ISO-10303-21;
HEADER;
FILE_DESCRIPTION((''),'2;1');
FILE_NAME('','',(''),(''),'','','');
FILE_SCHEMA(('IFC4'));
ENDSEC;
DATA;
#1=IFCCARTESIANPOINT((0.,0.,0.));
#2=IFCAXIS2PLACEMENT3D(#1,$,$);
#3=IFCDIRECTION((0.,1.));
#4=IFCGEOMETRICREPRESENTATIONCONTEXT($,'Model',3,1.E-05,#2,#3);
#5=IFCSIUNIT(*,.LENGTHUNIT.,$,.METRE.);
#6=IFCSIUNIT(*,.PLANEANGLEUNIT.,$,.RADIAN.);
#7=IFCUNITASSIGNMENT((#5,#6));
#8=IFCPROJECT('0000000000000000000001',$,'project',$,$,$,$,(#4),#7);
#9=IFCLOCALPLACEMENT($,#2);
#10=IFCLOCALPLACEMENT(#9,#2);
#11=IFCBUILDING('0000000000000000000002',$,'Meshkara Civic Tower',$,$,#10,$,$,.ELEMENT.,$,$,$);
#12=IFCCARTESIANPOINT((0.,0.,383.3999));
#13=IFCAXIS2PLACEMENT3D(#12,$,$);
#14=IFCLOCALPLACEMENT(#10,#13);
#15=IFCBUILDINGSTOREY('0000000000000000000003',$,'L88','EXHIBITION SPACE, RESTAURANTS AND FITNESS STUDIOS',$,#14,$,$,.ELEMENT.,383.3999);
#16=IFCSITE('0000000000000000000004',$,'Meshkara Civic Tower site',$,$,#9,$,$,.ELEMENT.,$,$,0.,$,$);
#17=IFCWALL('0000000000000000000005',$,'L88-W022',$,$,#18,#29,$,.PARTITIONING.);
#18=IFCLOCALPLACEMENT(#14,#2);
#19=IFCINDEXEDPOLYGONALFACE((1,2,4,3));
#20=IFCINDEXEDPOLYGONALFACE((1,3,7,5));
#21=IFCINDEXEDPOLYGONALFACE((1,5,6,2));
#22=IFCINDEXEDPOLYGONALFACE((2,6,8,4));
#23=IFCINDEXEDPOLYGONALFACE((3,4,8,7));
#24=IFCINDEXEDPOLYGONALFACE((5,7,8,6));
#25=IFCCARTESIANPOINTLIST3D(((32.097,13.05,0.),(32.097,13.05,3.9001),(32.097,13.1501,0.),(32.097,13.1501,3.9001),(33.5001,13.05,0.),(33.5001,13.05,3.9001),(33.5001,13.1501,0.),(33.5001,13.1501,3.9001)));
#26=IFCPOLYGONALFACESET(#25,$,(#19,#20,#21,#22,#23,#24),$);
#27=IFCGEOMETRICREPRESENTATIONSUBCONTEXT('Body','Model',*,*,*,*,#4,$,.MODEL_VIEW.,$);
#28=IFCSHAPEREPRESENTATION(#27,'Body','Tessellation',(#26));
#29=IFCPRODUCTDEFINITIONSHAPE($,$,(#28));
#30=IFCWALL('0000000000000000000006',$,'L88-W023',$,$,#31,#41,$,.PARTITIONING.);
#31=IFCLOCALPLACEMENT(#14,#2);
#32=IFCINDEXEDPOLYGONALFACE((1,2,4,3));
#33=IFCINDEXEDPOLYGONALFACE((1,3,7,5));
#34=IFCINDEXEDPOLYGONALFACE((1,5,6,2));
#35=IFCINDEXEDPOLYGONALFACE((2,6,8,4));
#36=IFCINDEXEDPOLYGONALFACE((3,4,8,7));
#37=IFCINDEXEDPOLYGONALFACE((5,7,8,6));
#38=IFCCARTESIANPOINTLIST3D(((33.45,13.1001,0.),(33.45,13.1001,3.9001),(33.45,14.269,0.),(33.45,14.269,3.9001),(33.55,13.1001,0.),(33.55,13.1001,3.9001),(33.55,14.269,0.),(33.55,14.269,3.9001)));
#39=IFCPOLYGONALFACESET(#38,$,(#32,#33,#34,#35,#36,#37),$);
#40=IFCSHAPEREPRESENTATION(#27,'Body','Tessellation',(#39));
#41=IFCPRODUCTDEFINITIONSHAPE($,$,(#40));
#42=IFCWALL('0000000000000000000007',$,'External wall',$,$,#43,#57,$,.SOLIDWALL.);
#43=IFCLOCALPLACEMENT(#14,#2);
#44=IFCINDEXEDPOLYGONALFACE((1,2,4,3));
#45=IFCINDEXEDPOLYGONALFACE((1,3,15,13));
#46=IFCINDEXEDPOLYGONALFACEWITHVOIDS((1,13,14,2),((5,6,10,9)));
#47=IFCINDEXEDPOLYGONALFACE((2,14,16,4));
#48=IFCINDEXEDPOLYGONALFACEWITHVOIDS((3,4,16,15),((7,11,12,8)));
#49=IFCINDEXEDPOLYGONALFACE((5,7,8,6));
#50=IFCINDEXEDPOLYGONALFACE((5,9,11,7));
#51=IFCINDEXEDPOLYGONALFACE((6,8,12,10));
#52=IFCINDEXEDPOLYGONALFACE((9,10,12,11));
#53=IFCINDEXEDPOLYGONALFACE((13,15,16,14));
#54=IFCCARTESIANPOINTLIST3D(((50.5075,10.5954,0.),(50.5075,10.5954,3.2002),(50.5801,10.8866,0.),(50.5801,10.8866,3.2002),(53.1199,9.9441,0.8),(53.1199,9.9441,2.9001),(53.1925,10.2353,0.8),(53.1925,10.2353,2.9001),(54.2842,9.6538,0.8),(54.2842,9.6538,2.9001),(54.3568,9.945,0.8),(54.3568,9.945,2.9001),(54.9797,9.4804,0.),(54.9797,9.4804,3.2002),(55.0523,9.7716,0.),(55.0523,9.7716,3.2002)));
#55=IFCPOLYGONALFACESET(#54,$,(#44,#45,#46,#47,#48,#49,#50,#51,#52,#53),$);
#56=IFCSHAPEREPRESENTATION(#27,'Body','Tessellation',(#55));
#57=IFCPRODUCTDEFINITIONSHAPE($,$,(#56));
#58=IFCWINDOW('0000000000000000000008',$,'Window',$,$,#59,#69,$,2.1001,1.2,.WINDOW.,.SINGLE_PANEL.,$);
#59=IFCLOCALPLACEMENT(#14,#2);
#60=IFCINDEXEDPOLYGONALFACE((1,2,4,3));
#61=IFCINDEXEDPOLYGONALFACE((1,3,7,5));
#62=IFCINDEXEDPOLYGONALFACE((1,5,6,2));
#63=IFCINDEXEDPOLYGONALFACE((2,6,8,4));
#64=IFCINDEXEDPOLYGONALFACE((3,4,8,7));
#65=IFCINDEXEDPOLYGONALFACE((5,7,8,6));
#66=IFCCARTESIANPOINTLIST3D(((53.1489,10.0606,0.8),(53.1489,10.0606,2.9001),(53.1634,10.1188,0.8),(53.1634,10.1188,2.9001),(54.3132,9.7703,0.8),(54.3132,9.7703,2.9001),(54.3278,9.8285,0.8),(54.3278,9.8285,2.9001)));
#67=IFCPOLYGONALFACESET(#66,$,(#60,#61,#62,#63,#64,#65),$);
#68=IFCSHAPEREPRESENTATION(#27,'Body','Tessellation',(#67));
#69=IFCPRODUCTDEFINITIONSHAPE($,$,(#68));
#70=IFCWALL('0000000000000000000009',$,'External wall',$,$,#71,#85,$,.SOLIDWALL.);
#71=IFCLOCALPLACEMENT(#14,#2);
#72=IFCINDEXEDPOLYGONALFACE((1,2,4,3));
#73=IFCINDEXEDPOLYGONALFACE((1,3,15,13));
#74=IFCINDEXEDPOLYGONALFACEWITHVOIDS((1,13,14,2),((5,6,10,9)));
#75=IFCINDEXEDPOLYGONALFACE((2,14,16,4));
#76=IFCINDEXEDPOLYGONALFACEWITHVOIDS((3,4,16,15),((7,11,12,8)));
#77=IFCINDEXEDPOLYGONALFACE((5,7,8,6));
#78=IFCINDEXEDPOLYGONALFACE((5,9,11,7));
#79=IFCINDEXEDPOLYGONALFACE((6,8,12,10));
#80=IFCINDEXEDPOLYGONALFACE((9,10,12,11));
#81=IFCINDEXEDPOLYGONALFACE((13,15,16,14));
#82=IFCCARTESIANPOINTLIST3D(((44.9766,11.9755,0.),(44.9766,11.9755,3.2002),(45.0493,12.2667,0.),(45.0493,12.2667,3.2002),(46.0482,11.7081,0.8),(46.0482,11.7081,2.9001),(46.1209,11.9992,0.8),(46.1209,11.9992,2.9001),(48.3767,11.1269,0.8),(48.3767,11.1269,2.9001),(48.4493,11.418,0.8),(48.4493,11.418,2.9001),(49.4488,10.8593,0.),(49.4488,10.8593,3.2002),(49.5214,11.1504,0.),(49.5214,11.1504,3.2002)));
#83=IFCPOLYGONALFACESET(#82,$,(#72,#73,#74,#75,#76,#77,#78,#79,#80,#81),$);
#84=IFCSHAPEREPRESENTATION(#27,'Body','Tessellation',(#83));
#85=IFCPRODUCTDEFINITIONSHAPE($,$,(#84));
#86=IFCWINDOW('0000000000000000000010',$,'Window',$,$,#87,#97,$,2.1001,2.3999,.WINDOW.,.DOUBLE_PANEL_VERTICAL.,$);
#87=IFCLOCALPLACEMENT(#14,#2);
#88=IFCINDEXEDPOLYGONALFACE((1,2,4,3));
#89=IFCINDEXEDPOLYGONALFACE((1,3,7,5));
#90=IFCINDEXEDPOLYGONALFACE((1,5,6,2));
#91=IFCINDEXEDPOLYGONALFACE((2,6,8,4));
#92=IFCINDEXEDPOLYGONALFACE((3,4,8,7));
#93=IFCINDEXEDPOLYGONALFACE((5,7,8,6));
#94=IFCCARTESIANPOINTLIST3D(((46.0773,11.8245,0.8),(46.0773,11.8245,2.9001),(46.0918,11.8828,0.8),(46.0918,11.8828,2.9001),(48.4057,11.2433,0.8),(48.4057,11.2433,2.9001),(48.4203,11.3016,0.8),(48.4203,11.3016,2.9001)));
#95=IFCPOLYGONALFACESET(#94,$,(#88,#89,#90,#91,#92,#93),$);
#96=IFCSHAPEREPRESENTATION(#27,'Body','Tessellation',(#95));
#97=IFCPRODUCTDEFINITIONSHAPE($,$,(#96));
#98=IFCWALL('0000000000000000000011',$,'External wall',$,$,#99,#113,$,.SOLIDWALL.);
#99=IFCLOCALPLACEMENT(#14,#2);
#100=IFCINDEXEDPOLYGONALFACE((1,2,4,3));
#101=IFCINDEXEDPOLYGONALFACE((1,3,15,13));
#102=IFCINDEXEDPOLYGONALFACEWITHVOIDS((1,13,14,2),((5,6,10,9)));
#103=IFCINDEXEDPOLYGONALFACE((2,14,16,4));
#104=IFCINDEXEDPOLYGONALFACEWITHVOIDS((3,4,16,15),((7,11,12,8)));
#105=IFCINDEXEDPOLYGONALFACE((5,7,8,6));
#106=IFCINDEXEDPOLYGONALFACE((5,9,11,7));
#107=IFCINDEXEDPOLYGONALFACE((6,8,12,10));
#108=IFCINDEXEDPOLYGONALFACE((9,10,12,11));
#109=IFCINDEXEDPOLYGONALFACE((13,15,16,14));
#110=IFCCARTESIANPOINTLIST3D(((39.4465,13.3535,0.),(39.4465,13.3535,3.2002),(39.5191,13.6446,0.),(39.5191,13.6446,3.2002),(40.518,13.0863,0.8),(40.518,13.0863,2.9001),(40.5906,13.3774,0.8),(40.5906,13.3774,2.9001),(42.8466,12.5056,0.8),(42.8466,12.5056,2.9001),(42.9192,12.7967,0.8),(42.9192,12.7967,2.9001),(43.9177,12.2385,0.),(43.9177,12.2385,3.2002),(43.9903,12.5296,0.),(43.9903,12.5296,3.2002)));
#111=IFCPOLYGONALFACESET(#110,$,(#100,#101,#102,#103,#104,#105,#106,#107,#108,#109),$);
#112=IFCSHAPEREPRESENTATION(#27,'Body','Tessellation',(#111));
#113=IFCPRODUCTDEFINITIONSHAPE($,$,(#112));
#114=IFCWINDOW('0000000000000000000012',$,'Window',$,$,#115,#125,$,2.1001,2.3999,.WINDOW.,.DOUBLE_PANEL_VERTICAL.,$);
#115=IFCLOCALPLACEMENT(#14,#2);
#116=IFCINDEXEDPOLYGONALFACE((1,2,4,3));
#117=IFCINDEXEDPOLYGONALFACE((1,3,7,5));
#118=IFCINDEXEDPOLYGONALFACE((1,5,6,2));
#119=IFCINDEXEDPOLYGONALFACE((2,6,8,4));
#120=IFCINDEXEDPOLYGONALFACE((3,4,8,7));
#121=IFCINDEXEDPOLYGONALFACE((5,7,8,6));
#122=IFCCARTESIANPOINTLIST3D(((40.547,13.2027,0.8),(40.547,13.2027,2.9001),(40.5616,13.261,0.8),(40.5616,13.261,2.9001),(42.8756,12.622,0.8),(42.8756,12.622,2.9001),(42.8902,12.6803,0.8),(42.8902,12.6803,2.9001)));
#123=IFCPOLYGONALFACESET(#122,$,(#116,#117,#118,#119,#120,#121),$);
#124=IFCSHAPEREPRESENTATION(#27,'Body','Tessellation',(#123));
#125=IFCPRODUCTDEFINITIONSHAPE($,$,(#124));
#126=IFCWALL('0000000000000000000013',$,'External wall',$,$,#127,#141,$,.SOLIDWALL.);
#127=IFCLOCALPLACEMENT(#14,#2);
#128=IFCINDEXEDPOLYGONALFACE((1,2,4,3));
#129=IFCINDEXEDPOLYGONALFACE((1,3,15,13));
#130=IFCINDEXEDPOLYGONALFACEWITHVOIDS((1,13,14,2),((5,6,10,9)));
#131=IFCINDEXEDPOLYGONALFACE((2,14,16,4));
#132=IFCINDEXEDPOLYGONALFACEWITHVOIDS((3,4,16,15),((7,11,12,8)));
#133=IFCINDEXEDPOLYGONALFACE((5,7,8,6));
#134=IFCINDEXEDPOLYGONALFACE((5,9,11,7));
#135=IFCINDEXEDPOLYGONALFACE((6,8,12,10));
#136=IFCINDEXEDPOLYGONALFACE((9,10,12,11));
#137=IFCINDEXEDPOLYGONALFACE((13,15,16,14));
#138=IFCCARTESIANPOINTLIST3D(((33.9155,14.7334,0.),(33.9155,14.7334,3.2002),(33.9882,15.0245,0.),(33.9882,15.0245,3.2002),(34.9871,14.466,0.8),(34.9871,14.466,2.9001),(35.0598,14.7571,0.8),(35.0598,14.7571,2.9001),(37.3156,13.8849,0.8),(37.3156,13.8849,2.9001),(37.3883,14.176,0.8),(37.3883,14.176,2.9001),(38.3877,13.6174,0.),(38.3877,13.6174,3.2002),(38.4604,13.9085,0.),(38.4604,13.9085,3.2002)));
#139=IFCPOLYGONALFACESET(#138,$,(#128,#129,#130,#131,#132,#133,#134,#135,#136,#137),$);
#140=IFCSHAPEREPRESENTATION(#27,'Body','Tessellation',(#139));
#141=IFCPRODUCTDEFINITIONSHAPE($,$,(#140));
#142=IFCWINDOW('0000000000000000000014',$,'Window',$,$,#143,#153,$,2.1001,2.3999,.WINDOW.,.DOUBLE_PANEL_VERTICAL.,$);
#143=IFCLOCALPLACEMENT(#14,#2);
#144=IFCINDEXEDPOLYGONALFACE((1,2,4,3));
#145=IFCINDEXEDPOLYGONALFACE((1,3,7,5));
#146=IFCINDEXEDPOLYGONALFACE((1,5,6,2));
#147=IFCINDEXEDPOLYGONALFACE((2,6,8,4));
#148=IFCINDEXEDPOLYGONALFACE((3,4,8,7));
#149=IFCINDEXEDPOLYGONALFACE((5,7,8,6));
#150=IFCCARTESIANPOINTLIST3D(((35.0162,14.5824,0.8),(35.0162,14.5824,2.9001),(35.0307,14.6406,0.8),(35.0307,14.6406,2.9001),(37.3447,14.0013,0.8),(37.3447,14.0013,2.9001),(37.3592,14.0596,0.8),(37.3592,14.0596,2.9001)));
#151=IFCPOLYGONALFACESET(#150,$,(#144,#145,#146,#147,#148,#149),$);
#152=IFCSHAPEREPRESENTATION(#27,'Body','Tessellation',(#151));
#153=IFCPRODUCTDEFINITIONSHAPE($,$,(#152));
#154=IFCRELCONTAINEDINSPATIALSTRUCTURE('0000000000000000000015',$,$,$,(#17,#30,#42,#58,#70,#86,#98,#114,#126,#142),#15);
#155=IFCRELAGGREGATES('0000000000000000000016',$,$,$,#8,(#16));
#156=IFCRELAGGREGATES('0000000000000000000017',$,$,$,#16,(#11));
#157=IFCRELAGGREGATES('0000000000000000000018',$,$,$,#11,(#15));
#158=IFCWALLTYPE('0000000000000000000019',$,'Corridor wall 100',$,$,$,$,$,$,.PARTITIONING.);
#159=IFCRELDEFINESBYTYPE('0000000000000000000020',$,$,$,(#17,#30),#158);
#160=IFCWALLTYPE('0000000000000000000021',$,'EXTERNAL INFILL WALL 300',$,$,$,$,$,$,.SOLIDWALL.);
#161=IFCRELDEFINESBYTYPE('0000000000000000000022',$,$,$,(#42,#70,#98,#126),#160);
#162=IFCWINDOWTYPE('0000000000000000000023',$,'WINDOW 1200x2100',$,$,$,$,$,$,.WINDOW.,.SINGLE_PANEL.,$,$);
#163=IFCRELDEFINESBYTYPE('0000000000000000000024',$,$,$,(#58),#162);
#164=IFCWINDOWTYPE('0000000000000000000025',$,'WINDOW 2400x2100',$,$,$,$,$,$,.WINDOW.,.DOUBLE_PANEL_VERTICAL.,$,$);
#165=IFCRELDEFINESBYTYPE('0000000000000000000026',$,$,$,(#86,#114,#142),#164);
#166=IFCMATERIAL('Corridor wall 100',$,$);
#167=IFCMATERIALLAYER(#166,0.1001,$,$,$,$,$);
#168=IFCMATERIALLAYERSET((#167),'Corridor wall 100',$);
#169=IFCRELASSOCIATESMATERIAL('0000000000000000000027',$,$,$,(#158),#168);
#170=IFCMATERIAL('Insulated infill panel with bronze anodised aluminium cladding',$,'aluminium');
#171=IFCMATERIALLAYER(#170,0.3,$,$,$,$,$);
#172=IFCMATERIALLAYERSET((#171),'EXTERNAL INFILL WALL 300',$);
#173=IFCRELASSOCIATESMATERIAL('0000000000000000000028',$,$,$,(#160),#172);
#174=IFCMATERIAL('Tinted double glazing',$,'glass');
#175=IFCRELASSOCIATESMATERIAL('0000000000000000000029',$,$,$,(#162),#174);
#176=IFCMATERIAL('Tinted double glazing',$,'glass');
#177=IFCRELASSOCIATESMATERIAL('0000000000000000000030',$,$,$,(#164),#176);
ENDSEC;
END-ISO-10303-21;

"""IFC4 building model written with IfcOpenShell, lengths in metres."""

from ifc_helpers import new_model, si_unit, direction, frame, frame_2d, origin, place, context, subcontext, project, spatial, rectangle, extrude, material, layer, layer_set, type_object, element, fill, save


model = new_model("IFC4")

# Units and contexts
model_context = context("Model", 3, precision=1e-05, world=origin(), true_north=direction((0.0, 1.0)))
body_context = subcontext(model_context, "Body", "Model", "MODEL_VIEW")
ifc_project = project(units=[si_unit("LENGTHUNIT", "METRE"), si_unit("PLANEANGLEUNIT", "RADIAN")], contexts=[model_context])

# Site, building, storey
site_placement = place(None, origin())
site = spatial("IfcSite", under=ifc_project, at=site_placement, Name="Meshkara Civic Tower site", CompositionType="ELEMENT", RefElevation=0.0)
building_placement = place(site_placement, origin())
building = spatial("IfcBuilding", under=site, at=building_placement, Name="Meshkara Civic Tower", CompositionType="ELEMENT")
storey_placement = place(building_placement, frame((0.0, 0.0, 383.3999)))
storey = spatial("IfcBuildingStorey", under=building, at=storey_placement, Name="L88", Description="EXHIBITION SPACE, RESTAURANTS AND FITNESS STUDIOS", CompositionType="ELEMENT", Elevation=383.3999)

# Shared definitions
ifc_material_1 = material(Name="Corridor wall 100")
ifc_layer_1 = layer(ifc_material_1, 0.1001)
ifc_layer_set_1 = layer_set([ifc_layer_1], Name="Corridor wall 100")
wall_type_1 = type_object("IfcWallType", Name="Corridor wall 100", PredefinedType="PARTITIONING", material=ifc_layer_set_1)

# Walls
wall_1_placement = place(storey_placement, frame((32.0969, 13.1001, 0.0), z_axis=(0.0, 0.0, 1.0), x_axis=(1.0, 0.0, 0.0)))
element("IfcWall", 1, at=wall_1_placement, inside=storey, type_object=wall_type_1, Name="L88-W022", PredefinedType="PARTITIONING", context=body_context, shape_type="SweptSolid", body=[
    extrude(rectangle(XDim=1.4031, YDim=0.1001, at=frame_2d((0.7017, 0.0))), origin(), (0.0, 0.0, 1.0), 3.9001),
])
wall_2_placement = place(storey_placement, frame((33.5, 13.1001, 0.0), z_axis=(0.0, 0.0, 1.0), x_axis=(0.0, 1.0, 0.0)))
element("IfcWall", 2, at=wall_2_placement, inside=storey, type_object=wall_type_1, Name="L88-W023", PredefinedType="PARTITIONING", context=body_context, shape_type="SweptSolid", body=[
    extrude(rectangle(XDim=1.1689, YDim=0.1001, at=frame_2d((0.5845, 0.0))), origin(), (0.0, 0.0, 1.0), 3.9001),
])

# Walls, openings, windows
ifc_material_2 = material(Name="Insulated infill panel with bronze anodised aluminium cladding", Category="aluminium")
ifc_layer_2 = layer(ifc_material_2, 0.3)
ifc_layer_set_2 = layer_set([ifc_layer_2], Name="EXTERNAL INFILL WALL 300")
wall_type_2 = type_object("IfcWallType", Name="EXTERNAL INFILL WALL 300", PredefinedType="SOLIDWALL", material=ifc_layer_set_2)
wall_3_placement = place(storey_placement, frame((55.0161, 9.626, 0.0), z_axis=(0.0, 0.0, 1.0), x_axis=(-0.970298, 0.241912, 0.0)))
wall_3 = element("IfcWall", 3, at=wall_3_placement, inside=storey, type_object=wall_type_2, Name="External wall", PredefinedType="SOLIDWALL", context=body_context, shape_type="SweptSolid", body=[
    extrude(rectangle(XDim=4.6091, YDim=0.3, at=frame_2d((2.3047, 0.0))), origin(), (0.0, 0.0, 1.0), 3.2002),
])
opening_1_placement = place(wall_3_placement, frame((0.7168, 0.0, 0.8)))
opening_1 = element("IfcOpeningElement", 4, at=opening_1_placement, cuts=wall_3, PredefinedType="OPENING", context=body_context, shape_type="SweptSolid", body=[
    extrude(rectangle(XDim=1.2, YDim=2.1001, at=frame_2d((0.6001, 1.05))), frame((0.0, 0.1599, 0.0), z_axis=(0.0, -1.0, 0.0), x_axis=(1.0, 0.0, 0.0)), (0.0, 0.0, 1.0), 0.3201),
])
ifc_material_3 = material(Name="Tinted double glazing", Category="glass")
window_type_1 = type_object("IfcWindowType", Name="WINDOW 1200x2100", PartitioningType="SINGLE_PANEL", PredefinedType="WINDOW", material=ifc_material_3)
window_1_placement = place(opening_1_placement, origin())
window_1 = element("IfcWindow", 5, at=window_1_placement, inside=storey, type_object=window_type_1, Name="Window", OverallHeight=2.1001, OverallWidth=1.2, PartitioningType="SINGLE_PANEL", PredefinedType="WINDOW", context=body_context, shape_type="SweptSolid", body=[
    extrude(rectangle(XDim=1.2, YDim=2.1001, at=frame_2d((0.6001, 1.05))), frame((0.0, 0.03, 0.0), z_axis=(0.0, -1.0, 0.0), x_axis=(1.0, 0.0, 0.0)), (0.0, 0.0, 1.0), 0.0601),
])
fill(opening_1, window_1)
wall_4_placement = place(storey_placement, frame((49.4851, 11.0049, 0.0), z_axis=(0.0, 0.0, 1.0), x_axis=(-0.970236, 0.242162, 0.0)))
wall_4 = element("IfcWall", 6, at=wall_4_placement, inside=storey, type_object=wall_type_2, Name="External wall", PredefinedType="SOLIDWALL", context=body_context, shape_type="SweptSolid", body=[
    extrude(rectangle(XDim=4.6094, YDim=0.3, at=frame_2d((2.3047, 0.0))), origin(), (0.0, 0.0, 1.0), 3.2002),
])
opening_2_placement = place(wall_4_placement, frame((1.105, 0.0, 0.8)))
opening_2 = element("IfcOpeningElement", 7, at=opening_2_placement, cuts=wall_4, PredefinedType="OPENING", context=body_context, shape_type="SweptSolid", body=[
    extrude(rectangle(XDim=2.3999, YDim=2.1001, at=frame_2d((1.2, 1.05))), frame((0.0, 0.1599, 0.0), z_axis=(0.0, -1.0, 0.0), x_axis=(1.0, 0.0, 0.0)), (0.0, 0.0, 1.0), 0.3201),
])
ifc_material_4 = material(Name="Tinted double glazing", Category="glass")
window_type_2 = type_object("IfcWindowType", Name="WINDOW 2400x2100", PartitioningType="DOUBLE_PANEL_VERTICAL", PredefinedType="WINDOW", material=ifc_material_4)
window_2_placement = place(opening_2_placement, origin())
window_2 = element("IfcWindow", 8, at=window_2_placement, inside=storey, type_object=window_type_2, Name="Window", OverallHeight=2.1001, OverallWidth=2.3999, PartitioningType="DOUBLE_PANEL_VERTICAL", PredefinedType="WINDOW", context=body_context, shape_type="SweptSolid", body=[
    extrude(rectangle(XDim=2.3999, YDim=2.1001, at=frame_2d((1.2, 1.05))), frame((0.0, 0.03, 0.0), z_axis=(0.0, -1.0, 0.0), x_axis=(1.0, 0.0, 0.0)), (0.0, 0.0, 1.0), 0.0601),
])
fill(opening_2, window_2)
wall_5_placement = place(storey_placement, frame((43.9541, 12.384, 0.0), z_axis=(0.0, 0.0, 1.0), x_axis=(-0.970286, 0.241962, 0.0)))
wall_5 = element("IfcWall", 9, at=wall_5_placement, inside=storey, type_object=wall_type_2, Name="External wall", PredefinedType="SOLIDWALL", context=body_context, shape_type="SweptSolid", body=[
    extrude(rectangle(XDim=4.6082, YDim=0.3, at=frame_2d((2.3042, 0.0))), origin(), (0.0, 0.0, 1.0), 3.2002),
])
opening_3_placement = place(wall_5_placement, frame((1.104, 0.0, 0.8)))
opening_3 = element("IfcOpeningElement", 10, at=opening_3_placement, cuts=wall_5, PredefinedType="OPENING", context=body_context, shape_type="SweptSolid", body=[
    extrude(rectangle(XDim=2.3999, YDim=2.1001, at=frame_2d((1.2, 1.05))), frame((0.0, 0.1599, 0.0), z_axis=(0.0, -1.0, 0.0), x_axis=(1.0, 0.0, 0.0)), (0.0, 0.0, 1.0), 0.3201),
])
window_3_placement = place(opening_3_placement, origin())
window_3 = element("IfcWindow", 11, at=window_3_placement, inside=storey, type_object=window_type_2, Name="Window", OverallHeight=2.1001, OverallWidth=2.3999, PartitioningType="DOUBLE_PANEL_VERTICAL", PredefinedType="WINDOW", context=body_context, shape_type="SweptSolid", body=[
    extrude(rectangle(XDim=2.3999, YDim=2.1001, at=frame_2d((1.2, 1.05))), frame((0.0, 0.03, 0.0), z_axis=(0.0, -1.0, 0.0), x_axis=(1.0, 0.0, 0.0)), (0.0, 0.0, 1.0), 0.0601),
])
fill(opening_3, window_3)
wall_6_placement = place(storey_placement, frame((38.4241, 13.7629, 0.0), z_axis=(0.0, 0.0, 1.0), x_axis=(-0.970248, 0.242112, 0.0)))
wall_6 = element("IfcWall", 12, at=wall_6_placement, inside=storey, type_object=wall_type_2, Name="External wall", PredefinedType="SOLIDWALL", context=body_context, shape_type="SweptSolid", body=[
    extrude(rectangle(XDim=4.6094, YDim=0.3, at=frame_2d((2.3047, 0.0))), origin(), (0.0, 0.0, 1.0), 3.2002),
])
opening_4_placement = place(wall_6_placement, frame((1.105, 0.0, 0.8)))
opening_4 = element("IfcOpeningElement", 13, at=opening_4_placement, cuts=wall_6, PredefinedType="OPENING", context=body_context, shape_type="SweptSolid", body=[
    extrude(rectangle(XDim=2.3999, YDim=2.1001, at=frame_2d((1.2, 1.05))), frame((0.0, 0.1599, 0.0), z_axis=(0.0, -1.0, 0.0), x_axis=(1.0, 0.0, 0.0)), (0.0, 0.0, 1.0), 0.3201),
])
window_4_placement = place(opening_4_placement, origin())
window_4 = element("IfcWindow", 14, at=window_4_placement, inside=storey, type_object=window_type_2, Name="Window", OverallHeight=2.1001, OverallWidth=2.3999, PartitioningType="DOUBLE_PANEL_VERTICAL", PredefinedType="WINDOW", context=body_context, shape_type="SweptSolid", body=[
    extrude(rectangle(XDim=2.3999, YDim=2.1001, at=frame_2d((1.2, 1.05))), frame((0.0, 0.03, 0.0), z_axis=(0.0, -1.0, 0.0), x_axis=(1.0, 0.0, 0.0)), (0.0, 0.0, 1.0), 0.0601),
])
fill(opening_4, window_4)

save(model, "model.ifc")
